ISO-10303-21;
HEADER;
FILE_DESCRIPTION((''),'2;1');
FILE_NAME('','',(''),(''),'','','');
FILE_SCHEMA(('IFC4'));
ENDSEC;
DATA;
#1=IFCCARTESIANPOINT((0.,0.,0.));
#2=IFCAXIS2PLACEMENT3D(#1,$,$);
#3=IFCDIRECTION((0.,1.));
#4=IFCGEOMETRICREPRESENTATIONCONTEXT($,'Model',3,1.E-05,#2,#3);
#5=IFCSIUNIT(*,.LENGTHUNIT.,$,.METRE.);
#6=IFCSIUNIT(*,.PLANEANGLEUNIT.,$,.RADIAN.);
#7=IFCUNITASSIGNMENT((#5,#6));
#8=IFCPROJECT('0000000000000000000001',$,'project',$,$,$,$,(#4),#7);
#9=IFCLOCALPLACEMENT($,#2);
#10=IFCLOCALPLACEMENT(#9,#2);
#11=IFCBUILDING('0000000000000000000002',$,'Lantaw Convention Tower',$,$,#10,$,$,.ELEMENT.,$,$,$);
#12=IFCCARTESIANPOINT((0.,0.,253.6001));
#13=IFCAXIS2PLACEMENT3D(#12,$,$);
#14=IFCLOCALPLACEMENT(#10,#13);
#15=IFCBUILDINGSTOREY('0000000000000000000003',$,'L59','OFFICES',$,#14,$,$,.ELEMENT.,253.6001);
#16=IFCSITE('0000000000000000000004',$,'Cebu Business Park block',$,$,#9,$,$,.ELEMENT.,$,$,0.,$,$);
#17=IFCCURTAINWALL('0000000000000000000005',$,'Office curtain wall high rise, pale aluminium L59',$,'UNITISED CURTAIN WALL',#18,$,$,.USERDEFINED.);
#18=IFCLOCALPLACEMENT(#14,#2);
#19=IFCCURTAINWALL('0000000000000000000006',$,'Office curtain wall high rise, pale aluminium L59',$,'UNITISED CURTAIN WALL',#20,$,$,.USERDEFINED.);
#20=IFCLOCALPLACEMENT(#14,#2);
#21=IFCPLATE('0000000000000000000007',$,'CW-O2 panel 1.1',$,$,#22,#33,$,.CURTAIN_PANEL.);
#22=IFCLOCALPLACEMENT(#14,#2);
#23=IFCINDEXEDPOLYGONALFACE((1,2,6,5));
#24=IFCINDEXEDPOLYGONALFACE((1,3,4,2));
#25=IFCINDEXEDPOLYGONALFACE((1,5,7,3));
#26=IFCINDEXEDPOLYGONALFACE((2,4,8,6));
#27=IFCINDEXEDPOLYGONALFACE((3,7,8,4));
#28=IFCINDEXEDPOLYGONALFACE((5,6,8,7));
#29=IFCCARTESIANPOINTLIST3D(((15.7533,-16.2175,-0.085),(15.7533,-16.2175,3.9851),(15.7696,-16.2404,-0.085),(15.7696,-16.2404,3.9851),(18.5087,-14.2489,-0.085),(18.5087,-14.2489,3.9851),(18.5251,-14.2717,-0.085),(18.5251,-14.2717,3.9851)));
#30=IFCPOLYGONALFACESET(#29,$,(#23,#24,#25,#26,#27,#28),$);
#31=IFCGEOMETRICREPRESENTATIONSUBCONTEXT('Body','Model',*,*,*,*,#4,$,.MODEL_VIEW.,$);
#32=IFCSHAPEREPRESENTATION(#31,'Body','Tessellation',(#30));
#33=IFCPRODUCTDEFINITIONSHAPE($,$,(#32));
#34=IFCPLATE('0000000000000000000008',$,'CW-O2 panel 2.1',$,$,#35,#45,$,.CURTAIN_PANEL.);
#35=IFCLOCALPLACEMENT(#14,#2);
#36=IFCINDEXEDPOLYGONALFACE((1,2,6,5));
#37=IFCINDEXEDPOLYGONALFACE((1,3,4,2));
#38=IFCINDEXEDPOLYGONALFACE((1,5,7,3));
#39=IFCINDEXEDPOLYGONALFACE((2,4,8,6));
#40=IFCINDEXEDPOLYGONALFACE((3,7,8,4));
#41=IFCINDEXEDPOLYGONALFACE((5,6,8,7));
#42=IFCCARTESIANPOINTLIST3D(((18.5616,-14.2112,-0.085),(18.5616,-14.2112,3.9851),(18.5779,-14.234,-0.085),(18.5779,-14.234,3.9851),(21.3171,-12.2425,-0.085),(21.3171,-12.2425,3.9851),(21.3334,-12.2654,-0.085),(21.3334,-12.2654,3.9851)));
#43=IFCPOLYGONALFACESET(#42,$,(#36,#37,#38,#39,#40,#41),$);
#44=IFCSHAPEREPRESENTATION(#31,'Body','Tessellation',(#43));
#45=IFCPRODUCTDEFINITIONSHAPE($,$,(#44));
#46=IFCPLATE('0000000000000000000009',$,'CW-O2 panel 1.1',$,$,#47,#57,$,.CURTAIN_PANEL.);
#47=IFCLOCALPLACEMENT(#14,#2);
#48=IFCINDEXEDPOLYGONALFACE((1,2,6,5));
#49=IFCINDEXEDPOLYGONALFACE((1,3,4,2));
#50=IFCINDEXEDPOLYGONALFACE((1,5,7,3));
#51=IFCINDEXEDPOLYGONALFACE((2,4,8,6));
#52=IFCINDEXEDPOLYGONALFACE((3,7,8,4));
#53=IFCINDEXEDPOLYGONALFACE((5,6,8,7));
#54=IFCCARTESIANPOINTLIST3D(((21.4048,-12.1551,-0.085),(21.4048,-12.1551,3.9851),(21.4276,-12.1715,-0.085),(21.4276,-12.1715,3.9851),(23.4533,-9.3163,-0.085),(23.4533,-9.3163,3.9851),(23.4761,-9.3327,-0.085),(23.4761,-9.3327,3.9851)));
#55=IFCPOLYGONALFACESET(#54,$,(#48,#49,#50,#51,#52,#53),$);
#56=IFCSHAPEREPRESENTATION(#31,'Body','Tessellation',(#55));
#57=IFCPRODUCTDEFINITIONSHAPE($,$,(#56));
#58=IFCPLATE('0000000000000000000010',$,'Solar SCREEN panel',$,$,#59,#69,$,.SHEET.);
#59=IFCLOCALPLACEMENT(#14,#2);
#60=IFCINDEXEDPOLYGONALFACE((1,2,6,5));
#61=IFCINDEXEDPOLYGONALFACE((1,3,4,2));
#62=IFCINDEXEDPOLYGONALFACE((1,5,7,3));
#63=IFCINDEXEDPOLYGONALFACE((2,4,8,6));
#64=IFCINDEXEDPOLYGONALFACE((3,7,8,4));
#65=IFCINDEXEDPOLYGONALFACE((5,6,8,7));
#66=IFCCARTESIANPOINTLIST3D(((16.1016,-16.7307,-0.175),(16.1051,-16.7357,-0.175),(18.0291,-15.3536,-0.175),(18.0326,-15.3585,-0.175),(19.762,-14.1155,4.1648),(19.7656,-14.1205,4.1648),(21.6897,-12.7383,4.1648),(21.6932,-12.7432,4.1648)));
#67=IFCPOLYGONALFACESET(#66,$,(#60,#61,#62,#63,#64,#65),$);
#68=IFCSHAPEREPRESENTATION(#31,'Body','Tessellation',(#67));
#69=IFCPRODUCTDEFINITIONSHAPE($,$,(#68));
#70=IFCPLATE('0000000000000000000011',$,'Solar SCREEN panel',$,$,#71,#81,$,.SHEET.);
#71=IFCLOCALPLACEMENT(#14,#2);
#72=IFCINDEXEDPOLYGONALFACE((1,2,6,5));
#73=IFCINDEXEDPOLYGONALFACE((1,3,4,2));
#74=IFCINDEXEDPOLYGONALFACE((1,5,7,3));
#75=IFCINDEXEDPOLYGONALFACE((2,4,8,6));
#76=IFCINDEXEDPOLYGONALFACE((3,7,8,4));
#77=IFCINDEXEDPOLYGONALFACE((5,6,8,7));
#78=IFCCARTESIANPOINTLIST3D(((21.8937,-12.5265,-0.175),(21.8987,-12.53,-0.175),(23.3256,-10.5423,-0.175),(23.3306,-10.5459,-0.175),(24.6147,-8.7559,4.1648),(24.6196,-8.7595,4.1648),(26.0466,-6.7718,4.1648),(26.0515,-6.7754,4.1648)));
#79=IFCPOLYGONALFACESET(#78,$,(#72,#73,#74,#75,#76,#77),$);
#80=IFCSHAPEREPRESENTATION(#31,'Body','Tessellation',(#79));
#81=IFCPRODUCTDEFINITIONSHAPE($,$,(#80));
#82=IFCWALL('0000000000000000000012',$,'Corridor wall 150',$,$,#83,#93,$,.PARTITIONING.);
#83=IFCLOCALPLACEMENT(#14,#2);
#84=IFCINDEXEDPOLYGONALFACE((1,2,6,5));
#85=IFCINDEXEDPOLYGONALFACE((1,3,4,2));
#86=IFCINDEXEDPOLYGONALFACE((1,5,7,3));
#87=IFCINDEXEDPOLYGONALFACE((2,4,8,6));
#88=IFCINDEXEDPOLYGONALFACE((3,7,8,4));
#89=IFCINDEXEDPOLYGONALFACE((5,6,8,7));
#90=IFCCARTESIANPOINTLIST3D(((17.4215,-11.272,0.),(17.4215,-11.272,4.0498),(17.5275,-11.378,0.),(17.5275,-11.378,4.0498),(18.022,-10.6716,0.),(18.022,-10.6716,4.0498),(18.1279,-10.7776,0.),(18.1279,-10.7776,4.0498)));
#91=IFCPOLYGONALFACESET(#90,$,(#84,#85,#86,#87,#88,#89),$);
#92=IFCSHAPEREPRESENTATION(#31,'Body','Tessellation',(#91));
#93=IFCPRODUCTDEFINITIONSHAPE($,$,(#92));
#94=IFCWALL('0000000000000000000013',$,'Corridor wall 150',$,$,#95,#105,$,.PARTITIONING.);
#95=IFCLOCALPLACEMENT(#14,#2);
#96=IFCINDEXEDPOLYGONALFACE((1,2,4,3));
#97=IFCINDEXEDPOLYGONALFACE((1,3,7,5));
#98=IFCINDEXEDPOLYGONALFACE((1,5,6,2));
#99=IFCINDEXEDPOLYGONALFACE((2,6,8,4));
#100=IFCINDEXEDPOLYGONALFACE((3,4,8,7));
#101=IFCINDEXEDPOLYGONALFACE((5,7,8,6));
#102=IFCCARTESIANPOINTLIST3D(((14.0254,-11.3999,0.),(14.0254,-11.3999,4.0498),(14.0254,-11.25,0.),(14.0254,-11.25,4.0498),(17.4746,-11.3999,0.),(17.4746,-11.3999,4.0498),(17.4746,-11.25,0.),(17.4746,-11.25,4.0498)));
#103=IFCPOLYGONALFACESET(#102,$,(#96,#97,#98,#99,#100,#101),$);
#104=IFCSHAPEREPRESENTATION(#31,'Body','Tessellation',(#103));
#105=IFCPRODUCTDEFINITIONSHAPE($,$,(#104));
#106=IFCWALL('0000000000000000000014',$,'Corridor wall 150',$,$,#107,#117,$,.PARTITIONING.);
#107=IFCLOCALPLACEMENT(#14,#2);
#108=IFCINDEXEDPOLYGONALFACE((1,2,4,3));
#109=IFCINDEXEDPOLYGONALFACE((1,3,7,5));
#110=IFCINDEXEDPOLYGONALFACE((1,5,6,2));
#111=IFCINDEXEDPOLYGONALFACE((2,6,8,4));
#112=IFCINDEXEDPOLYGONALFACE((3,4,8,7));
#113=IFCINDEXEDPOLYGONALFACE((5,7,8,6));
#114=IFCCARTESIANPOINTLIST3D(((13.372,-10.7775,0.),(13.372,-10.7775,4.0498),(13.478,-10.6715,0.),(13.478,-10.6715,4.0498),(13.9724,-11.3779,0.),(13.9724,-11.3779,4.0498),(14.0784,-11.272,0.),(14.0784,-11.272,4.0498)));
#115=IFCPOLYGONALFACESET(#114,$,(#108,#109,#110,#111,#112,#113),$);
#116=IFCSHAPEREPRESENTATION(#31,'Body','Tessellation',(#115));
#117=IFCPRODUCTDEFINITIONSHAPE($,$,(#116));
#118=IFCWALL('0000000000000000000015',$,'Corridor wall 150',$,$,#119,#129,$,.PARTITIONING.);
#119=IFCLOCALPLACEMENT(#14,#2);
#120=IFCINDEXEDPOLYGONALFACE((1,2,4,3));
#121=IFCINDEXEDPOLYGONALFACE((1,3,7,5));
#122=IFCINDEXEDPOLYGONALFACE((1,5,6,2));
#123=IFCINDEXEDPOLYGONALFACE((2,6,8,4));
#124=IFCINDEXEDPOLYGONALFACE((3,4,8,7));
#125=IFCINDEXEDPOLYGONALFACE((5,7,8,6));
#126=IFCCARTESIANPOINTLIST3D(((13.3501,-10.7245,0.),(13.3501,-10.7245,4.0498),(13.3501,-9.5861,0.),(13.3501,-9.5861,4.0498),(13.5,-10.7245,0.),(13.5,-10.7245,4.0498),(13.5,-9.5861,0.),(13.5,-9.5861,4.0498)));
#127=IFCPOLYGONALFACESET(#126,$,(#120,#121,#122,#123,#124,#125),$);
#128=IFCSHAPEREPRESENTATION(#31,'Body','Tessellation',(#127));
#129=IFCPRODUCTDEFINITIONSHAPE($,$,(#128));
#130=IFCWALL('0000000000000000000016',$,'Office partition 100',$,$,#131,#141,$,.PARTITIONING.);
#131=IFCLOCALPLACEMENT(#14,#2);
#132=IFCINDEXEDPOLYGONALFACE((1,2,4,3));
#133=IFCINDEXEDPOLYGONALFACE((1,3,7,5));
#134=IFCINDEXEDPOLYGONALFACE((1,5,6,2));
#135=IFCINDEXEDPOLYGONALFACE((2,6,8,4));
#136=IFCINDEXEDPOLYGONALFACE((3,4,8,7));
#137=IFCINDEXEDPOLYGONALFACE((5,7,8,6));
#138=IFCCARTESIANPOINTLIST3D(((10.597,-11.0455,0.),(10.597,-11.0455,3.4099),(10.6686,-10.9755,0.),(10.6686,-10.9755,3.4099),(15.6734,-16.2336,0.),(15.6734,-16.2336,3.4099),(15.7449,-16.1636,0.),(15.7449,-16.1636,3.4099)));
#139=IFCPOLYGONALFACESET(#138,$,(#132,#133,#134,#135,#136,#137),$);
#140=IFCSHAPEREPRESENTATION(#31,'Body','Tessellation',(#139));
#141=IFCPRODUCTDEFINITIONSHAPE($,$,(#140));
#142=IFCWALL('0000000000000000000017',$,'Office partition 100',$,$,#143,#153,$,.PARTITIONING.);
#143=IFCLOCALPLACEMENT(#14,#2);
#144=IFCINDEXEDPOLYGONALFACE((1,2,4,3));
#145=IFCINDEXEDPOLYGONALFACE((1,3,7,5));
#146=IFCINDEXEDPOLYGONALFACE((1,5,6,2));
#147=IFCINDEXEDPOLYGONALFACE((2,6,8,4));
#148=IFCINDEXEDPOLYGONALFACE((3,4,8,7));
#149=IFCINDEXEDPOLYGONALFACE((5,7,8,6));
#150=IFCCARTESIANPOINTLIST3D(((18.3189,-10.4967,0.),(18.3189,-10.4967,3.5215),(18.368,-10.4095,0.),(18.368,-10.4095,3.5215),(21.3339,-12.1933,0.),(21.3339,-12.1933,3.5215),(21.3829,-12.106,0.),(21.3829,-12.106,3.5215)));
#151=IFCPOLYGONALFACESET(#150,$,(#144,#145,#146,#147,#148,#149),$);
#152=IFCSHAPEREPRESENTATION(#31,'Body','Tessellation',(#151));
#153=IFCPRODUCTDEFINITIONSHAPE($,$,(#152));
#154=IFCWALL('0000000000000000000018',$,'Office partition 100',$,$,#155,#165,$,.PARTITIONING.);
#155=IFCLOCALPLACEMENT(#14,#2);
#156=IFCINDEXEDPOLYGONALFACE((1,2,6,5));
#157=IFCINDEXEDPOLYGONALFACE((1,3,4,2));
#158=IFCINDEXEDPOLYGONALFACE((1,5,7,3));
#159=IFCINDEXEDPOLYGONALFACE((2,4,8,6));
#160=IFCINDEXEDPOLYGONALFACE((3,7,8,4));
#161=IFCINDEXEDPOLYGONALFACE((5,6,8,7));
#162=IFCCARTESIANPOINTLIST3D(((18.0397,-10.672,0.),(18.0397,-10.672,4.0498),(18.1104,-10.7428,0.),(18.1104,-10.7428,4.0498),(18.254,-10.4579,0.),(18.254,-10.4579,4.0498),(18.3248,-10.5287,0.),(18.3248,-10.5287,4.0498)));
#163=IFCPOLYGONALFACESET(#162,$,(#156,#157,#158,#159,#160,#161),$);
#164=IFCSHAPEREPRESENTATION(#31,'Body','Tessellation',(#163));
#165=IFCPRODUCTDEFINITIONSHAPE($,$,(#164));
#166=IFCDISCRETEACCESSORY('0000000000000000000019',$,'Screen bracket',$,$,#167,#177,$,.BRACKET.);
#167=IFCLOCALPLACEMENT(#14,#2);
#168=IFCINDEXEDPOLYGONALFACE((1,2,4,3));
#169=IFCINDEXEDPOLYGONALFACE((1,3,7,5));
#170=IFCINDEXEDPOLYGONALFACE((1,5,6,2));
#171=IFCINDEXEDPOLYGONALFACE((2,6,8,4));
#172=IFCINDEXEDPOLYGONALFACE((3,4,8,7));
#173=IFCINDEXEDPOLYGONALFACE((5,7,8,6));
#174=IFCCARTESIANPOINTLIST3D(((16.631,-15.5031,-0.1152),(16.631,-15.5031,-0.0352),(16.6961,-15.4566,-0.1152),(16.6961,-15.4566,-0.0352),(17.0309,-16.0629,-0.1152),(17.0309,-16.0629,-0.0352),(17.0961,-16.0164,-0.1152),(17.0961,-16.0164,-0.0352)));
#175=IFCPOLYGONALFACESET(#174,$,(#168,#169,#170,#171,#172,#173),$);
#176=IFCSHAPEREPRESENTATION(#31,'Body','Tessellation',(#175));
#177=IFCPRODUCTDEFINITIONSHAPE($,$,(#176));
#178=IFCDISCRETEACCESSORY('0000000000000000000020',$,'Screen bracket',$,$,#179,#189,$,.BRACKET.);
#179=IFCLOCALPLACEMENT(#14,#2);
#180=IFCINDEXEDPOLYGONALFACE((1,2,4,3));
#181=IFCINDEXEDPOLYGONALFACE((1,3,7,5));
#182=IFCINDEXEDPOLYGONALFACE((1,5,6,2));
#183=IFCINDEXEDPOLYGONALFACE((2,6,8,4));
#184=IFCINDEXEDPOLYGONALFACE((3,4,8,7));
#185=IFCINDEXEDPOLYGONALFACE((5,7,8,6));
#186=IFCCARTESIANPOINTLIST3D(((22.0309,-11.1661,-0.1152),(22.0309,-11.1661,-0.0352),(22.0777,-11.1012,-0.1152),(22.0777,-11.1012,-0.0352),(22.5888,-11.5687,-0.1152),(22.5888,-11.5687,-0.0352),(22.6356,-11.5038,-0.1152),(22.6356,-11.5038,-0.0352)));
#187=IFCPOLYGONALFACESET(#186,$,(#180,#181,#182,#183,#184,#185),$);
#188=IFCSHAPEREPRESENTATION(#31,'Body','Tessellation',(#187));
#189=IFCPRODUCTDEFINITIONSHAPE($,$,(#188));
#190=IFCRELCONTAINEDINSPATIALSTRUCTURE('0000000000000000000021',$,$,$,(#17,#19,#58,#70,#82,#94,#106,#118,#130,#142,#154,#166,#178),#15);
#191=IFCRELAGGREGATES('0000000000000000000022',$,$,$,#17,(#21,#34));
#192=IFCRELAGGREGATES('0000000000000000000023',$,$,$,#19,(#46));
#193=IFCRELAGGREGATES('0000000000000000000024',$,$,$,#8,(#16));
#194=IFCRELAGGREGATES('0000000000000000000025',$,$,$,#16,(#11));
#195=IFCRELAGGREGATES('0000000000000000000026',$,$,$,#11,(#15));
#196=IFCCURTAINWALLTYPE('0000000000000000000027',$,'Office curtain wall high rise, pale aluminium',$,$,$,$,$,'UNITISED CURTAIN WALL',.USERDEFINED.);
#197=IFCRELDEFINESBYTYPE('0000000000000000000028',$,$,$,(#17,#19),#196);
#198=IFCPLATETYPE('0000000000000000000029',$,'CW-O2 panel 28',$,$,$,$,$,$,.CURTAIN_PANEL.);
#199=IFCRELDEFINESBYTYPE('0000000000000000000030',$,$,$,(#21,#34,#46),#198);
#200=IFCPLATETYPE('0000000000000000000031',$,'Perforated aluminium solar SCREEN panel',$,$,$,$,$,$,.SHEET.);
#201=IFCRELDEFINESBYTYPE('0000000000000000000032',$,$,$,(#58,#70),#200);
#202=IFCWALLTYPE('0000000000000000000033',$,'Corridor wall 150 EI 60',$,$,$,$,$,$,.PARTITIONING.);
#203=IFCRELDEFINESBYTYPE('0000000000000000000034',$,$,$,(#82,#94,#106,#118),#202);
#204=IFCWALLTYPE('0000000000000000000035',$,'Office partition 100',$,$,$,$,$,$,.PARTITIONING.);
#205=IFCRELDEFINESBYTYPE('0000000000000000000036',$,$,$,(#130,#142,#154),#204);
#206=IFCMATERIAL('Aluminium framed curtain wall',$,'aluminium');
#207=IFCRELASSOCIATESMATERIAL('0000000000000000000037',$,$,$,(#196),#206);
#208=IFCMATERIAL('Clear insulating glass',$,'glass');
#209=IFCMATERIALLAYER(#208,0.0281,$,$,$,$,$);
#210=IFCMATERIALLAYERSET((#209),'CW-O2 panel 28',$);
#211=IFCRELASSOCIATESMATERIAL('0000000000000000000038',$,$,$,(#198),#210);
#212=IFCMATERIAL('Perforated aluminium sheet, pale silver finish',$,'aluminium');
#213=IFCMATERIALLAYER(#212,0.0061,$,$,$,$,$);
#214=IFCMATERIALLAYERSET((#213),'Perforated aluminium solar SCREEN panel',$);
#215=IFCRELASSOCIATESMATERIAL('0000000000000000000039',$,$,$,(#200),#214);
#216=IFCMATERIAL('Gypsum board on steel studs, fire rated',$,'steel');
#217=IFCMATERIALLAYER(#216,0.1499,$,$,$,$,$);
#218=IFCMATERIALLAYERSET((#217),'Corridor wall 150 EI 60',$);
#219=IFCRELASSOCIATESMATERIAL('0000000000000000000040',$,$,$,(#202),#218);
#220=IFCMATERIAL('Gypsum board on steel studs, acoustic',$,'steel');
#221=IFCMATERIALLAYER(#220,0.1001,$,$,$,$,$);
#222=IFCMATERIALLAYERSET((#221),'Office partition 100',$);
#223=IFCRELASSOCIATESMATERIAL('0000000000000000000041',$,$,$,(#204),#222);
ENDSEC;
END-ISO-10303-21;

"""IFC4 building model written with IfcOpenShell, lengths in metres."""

from ifc_helpers import new_model, si_unit, direction, frame, frame_2d, origin, origin_2d, place, context, subcontext, project, spatial, polyline, rectangle, outline, extrude, material, layer, layer_set, type_object, element, aggregate, save


model = new_model("IFC4")

# Units and contexts
model_context = context("Model", 3, precision=1e-05, world=origin(), true_north=direction((0.0, 1.0)))
body_context = subcontext(model_context, "Body", "Model", "MODEL_VIEW")
ifc_project = project(units=[si_unit("LENGTHUNIT", "METRE"), si_unit("PLANEANGLEUNIT", "RADIAN")], contexts=[model_context])

# Site, building, storey
site_placement = place(None, origin())
site = spatial("IfcSite", under=ifc_project, at=site_placement, Name="Cebu Business Park block", CompositionType="ELEMENT", RefElevation=0.0)
building_placement = place(site_placement, origin())
building = spatial("IfcBuilding", under=site, at=building_placement, Name="Lantaw Convention Tower", CompositionType="ELEMENT")
storey_placement = place(building_placement, frame((0.0, 0.0, 253.6001)))
storey = spatial("IfcBuildingStorey", under=building, at=storey_placement, Name="L59", Description="OFFICES", CompositionType="ELEMENT", Elevation=253.6001)

# Shared definitions
ifc_material_1 = material(Name="Aluminium framed curtain wall", Category="aluminium")
curtain_wall_type = type_object("IfcCurtainWallType", Name="Office curtain wall high rise, pale aluminium", ElementType="UNITISED CURTAIN WALL", PredefinedType="USERDEFINED", material=ifc_material_1)

# Curtain walls
curtain_wall_1_placement = place(storey_placement, origin())
curtain_wall_1 = element("IfcCurtainWall", 1, at=curtain_wall_1_placement, inside=storey, type_object=curtain_wall_type, Name="Office curtain wall high rise, pale aluminium L59", ObjectType="UNITISED CURTAIN WALL", PredefinedType="USERDEFINED")
curtain_wall_2_placement = place(storey_placement, origin())
curtain_wall_2 = element("IfcCurtainWall", 2, at=curtain_wall_2_placement, inside=storey, type_object=curtain_wall_type, Name="Office curtain wall high rise, pale aluminium L59", ObjectType="UNITISED CURTAIN WALL", PredefinedType="USERDEFINED")

# Plates
ifc_material_2 = material(Name="Clear insulating glass", Category="glass")
ifc_layer_1 = layer(ifc_material_2, 0.0281)
ifc_layer_set_1 = layer_set([ifc_layer_1], Name="CW-O2 panel 28")
plate_type_1 = type_object("IfcPlateType", Name="CW-O2 panel 28", PredefinedType="CURTAIN_PANEL", material=ifc_layer_set_1)
plate_1_placement = place(storey_placement, frame((17.1392, -15.2446, -0.085), z_axis=(0.0, 0.0, 1.0), x_axis=(0.813673, 0.581323, 0.0)))
plate_1 = element("IfcPlate", 3, at=plate_1_placement, type_object=plate_type_1, Name="CW-O2 panel 1.1", PredefinedType="CURTAIN_PANEL", context=body_context, shape_type="SweptSolid", body=[
    extrude(rectangle(XDim=3.3865, YDim=0.0281, at=origin_2d()), origin(), (0.0, 0.0, 1.0), 4.0701),
])
plate_2_placement = place(storey_placement, frame((19.9475, -13.2383, -0.085), z_axis=(0.0, 0.0, 1.0), x_axis=(0.813673, 0.581323, 0.0)))
plate_2 = element("IfcPlate", 4, at=plate_2_placement, type_object=plate_type_1, Name="CW-O2 panel 2.1", PredefinedType="CURTAIN_PANEL", context=body_context, shape_type="SweptSolid", body=[
    extrude(rectangle(XDim=3.3865, YDim=0.0281, at=origin_2d()), origin(), (0.0, 0.0, 1.0), 4.0701),
])
aggregate(curtain_wall_1, [plate_1, plate_2])
plate_3_placement = place(storey_placement, frame((22.4404, -10.7439, -0.085), z_axis=(0.0, 0.0, 1.0), x_axis=(0.585158, 0.81092, 0.0)))
plate_3 = element("IfcPlate", 5, at=plate_3_placement, type_object=plate_type_1, Name="CW-O2 panel 1.1", PredefinedType="CURTAIN_PANEL", context=body_context, shape_type="SweptSolid", body=[
    extrude(rectangle(XDim=3.5007, YDim=0.0281, at=origin_2d()), origin(), (0.0, 0.0, 1.0), 4.0701),
])
aggregate(curtain_wall_2, [plate_3])

# Plates
ifc_material_3 = material(Name="Perforated aluminium sheet, pale silver finish", Category="aluminium")
ifc_layer_2 = layer(ifc_material_3, 0.0061)
ifc_layer_set_2 = layer_set([ifc_layer_2], Name="Perforated aluminium solar SCREEN panel")
plate_type_2 = type_object("IfcPlateType", Name="Perforated aluminium solar SCREEN panel", PredefinedType="SHEET", material=ifc_layer_set_2)
plate_4_placement = place(storey_placement, frame((16.1016, -16.7307, -0.175), z_axis=(-0.581331, 0.813667, 0.00001), x_axis=(0.813667, 0.581331, 0.0)))
element("IfcPlate", 6, at=plate_4_placement, inside=storey, type_object=plate_type_2, Name="Solar SCREEN panel", PredefinedType="SHEET", context=body_context, shape_type="SweptSolid", body=[
    extrude(outline(polyline([(0.0, 0.0), (2.3689, 0.0), (6.8678, -4.3398), (4.4987, -4.3398), (0.0, 0.0)])), origin(), (0.0, 0.0, -1.0), 0.0061),
])
plate_5_placement = place(storey_placement, frame((21.8987, -12.53, -0.175), z_axis=(0.810892, -0.585195, 0.00002), x_axis=(0.585195, 0.810892, 0.0)))
element("IfcPlate", 7, at=plate_5_placement, inside=storey, type_object=plate_type_2, Name="Solar SCREEN panel", PredefinedType="SHEET", context=body_context, shape_type="SweptSolid", body=[
    extrude(outline(polyline([(0.0, 0.0), (2.4468, 0.0), (7.0966, 4.3398), (4.6498, 4.3398), (0.0, 0.0)])), origin(), (0.0, 0.0, -1.0), 0.0061),
])

# Walls
ifc_material_4 = material(Name="Gypsum board on steel studs, fire rated", Category="steel")
ifc_layer_3 = layer(ifc_material_4, 0.1499)
ifc_layer_set_3 = layer_set([ifc_layer_3], Name="Corridor wall 150 EI 60")
wall_type_1 = type_object("IfcWallType", Name="Corridor wall 150 EI 60", PredefinedType="PARTITIONING", material=ifc_layer_set_3)
wall_1_placement = place(storey_placement, frame((18.075, -10.7246, 0.0), z_axis=(0.0, 0.0, 1.0), x_axis=(-0.707107, -0.707107, 0.0)))
element("IfcWall", 8, at=wall_1_placement, inside=storey, type_object=wall_type_1, Name="Corridor wall 150", PredefinedType="PARTITIONING", context=body_context, shape_type="SweptSolid", body=[
    extrude(rectangle(XDim=0.8491, YDim=0.1499, at=frame_2d((0.4246, 0.0))), origin(), (0.0, 0.0, 1.0), 4.0498),
])
wall_2_placement = place(storey_placement, frame((17.4746, -11.325, 0.0), z_axis=(0.0, 0.0, 1.0), x_axis=(-1.0, 0.0, 0.0)))
element("IfcWall", 9, at=wall_2_placement, inside=storey, type_object=wall_type_1, Name="Corridor wall 150", PredefinedType="PARTITIONING", context=body_context, shape_type="SweptSolid", body=[
    extrude(rectangle(XDim=3.4492, YDim=0.1499, at=frame_2d((1.7246, 0.0))), origin(), (0.0, 0.0, 1.0), 4.0498),
])
wall_3_placement = place(storey_placement, frame((14.0254, -11.325, 0.0), z_axis=(0.0, 0.0, 1.0), x_axis=(-0.707107, 0.707107, 0.0)))
element("IfcWall", 10, at=wall_3_placement, inside=storey, type_object=wall_type_1, Name="Corridor wall 150", PredefinedType="PARTITIONING", context=body_context, shape_type="SweptSolid", body=[
    extrude(rectangle(XDim=0.8491, YDim=0.1499, at=frame_2d((0.4246, 0.0))), origin(), (0.0, 0.0, 1.0), 4.0498),
])
wall_4_placement = place(storey_placement, frame((13.425, -10.7246, 0.0), z_axis=(0.0, 0.0, 1.0), x_axis=(0.0, 1.0, 0.0)))
element("IfcWall", 11, at=wall_4_placement, inside=storey, type_object=wall_type_1, Name="Corridor wall 150", PredefinedType="PARTITIONING", context=body_context, shape_type="SweptSolid", body=[
    extrude(rectangle(XDim=1.1384, YDim=0.1499, at=frame_2d((0.5693, 0.0))), origin(), (0.0, 0.0, 1.0), 4.0498),
])
ifc_material_5 = material(Name="Gypsum board on steel studs, acoustic", Category="steel")
ifc_layer_4 = layer(ifc_material_5, 0.1001)
ifc_layer_set_4 = layer_set([ifc_layer_4], Name="Office partition 100")
wall_type_2 = type_object("IfcWallType", Name="Office partition 100", PredefinedType="PARTITIONING", material=ifc_layer_set_4)
wall_5_placement = place(storey_placement, frame((15.7092, -16.1987, 0.0), z_axis=(0.0, 0.0, 1.0), x_axis=(-0.699363, 0.714767, 0.0)))
element("IfcWall", 12, at=wall_5_placement, inside=storey, type_object=wall_type_2, Name="Office partition 100", PredefinedType="PARTITIONING", context=body_context, shape_type="SweptSolid", body=[
    extrude(rectangle(XDim=7.2585, YDim=0.1001, at=frame_2d((3.6294, 0.0))), origin(), (0.0, 0.0, 1.0), 3.4099),
])
wall_6_placement = place(storey_placement, frame((21.3584, -12.1497, 0.0), z_axis=(0.0, 0.0, 1.0), x_axis=(-0.871494, 0.490405, 0.0)))
element("IfcWall", 13, at=wall_6_placement, inside=storey, type_object=wall_type_2, Name="Office partition 100", PredefinedType="PARTITIONING", context=body_context, shape_type="SweptSolid", body=[
    extrude(rectangle(XDim=3.4595, YDim=0.1001, at=frame_2d((1.7297, 0.0))), origin(), (0.0, 0.0, 1.0), 3.5215),
])
wall_7_placement = place(storey_placement, frame((18.2893, -10.4934, 0.0), z_axis=(0.0, 0.0, 1.0), x_axis=(-0.70751, -0.706704, 0.0)))
element("IfcWall", 14, at=wall_7_placement, inside=storey, type_object=wall_type_2, Name="Office partition 100", PredefinedType="PARTITIONING", context=body_context, shape_type="SweptSolid", body=[
    extrude(rectangle(XDim=0.303, YDim=0.1001, at=frame_2d((0.1514, 0.0))), origin(), (0.0, 0.0, 1.0), 4.0498),
])

# Discrete accessories
for number, where, z_axis, x_axis, name in (
    (15, (16.8635, -15.7598, -0.1152), (0.0, 0.0, 1.0), (0.813673, 0.581323, 0.0), "Screen bracket"),
    (16, (22.3333, -11.335, -0.1152), (0.0, 0.0, 1.0), (0.585158, 0.81092, 0.0), "Screen bracket"),
):
    element("IfcDiscreteAccessory", number, at=place(storey_placement, frame(where, z_axis=z_axis, x_axis=x_axis)), inside=storey, Name=name, PredefinedType="BRACKET", context=body_context, shape_type="SweptSolid", body=[
        extrude(rectangle(XDim=0.0801, YDim=0.688, at=origin_2d()), origin(), (0.0, 0.0, 1.0), 0.0801),
    ])

save(model, "model.ifc")
